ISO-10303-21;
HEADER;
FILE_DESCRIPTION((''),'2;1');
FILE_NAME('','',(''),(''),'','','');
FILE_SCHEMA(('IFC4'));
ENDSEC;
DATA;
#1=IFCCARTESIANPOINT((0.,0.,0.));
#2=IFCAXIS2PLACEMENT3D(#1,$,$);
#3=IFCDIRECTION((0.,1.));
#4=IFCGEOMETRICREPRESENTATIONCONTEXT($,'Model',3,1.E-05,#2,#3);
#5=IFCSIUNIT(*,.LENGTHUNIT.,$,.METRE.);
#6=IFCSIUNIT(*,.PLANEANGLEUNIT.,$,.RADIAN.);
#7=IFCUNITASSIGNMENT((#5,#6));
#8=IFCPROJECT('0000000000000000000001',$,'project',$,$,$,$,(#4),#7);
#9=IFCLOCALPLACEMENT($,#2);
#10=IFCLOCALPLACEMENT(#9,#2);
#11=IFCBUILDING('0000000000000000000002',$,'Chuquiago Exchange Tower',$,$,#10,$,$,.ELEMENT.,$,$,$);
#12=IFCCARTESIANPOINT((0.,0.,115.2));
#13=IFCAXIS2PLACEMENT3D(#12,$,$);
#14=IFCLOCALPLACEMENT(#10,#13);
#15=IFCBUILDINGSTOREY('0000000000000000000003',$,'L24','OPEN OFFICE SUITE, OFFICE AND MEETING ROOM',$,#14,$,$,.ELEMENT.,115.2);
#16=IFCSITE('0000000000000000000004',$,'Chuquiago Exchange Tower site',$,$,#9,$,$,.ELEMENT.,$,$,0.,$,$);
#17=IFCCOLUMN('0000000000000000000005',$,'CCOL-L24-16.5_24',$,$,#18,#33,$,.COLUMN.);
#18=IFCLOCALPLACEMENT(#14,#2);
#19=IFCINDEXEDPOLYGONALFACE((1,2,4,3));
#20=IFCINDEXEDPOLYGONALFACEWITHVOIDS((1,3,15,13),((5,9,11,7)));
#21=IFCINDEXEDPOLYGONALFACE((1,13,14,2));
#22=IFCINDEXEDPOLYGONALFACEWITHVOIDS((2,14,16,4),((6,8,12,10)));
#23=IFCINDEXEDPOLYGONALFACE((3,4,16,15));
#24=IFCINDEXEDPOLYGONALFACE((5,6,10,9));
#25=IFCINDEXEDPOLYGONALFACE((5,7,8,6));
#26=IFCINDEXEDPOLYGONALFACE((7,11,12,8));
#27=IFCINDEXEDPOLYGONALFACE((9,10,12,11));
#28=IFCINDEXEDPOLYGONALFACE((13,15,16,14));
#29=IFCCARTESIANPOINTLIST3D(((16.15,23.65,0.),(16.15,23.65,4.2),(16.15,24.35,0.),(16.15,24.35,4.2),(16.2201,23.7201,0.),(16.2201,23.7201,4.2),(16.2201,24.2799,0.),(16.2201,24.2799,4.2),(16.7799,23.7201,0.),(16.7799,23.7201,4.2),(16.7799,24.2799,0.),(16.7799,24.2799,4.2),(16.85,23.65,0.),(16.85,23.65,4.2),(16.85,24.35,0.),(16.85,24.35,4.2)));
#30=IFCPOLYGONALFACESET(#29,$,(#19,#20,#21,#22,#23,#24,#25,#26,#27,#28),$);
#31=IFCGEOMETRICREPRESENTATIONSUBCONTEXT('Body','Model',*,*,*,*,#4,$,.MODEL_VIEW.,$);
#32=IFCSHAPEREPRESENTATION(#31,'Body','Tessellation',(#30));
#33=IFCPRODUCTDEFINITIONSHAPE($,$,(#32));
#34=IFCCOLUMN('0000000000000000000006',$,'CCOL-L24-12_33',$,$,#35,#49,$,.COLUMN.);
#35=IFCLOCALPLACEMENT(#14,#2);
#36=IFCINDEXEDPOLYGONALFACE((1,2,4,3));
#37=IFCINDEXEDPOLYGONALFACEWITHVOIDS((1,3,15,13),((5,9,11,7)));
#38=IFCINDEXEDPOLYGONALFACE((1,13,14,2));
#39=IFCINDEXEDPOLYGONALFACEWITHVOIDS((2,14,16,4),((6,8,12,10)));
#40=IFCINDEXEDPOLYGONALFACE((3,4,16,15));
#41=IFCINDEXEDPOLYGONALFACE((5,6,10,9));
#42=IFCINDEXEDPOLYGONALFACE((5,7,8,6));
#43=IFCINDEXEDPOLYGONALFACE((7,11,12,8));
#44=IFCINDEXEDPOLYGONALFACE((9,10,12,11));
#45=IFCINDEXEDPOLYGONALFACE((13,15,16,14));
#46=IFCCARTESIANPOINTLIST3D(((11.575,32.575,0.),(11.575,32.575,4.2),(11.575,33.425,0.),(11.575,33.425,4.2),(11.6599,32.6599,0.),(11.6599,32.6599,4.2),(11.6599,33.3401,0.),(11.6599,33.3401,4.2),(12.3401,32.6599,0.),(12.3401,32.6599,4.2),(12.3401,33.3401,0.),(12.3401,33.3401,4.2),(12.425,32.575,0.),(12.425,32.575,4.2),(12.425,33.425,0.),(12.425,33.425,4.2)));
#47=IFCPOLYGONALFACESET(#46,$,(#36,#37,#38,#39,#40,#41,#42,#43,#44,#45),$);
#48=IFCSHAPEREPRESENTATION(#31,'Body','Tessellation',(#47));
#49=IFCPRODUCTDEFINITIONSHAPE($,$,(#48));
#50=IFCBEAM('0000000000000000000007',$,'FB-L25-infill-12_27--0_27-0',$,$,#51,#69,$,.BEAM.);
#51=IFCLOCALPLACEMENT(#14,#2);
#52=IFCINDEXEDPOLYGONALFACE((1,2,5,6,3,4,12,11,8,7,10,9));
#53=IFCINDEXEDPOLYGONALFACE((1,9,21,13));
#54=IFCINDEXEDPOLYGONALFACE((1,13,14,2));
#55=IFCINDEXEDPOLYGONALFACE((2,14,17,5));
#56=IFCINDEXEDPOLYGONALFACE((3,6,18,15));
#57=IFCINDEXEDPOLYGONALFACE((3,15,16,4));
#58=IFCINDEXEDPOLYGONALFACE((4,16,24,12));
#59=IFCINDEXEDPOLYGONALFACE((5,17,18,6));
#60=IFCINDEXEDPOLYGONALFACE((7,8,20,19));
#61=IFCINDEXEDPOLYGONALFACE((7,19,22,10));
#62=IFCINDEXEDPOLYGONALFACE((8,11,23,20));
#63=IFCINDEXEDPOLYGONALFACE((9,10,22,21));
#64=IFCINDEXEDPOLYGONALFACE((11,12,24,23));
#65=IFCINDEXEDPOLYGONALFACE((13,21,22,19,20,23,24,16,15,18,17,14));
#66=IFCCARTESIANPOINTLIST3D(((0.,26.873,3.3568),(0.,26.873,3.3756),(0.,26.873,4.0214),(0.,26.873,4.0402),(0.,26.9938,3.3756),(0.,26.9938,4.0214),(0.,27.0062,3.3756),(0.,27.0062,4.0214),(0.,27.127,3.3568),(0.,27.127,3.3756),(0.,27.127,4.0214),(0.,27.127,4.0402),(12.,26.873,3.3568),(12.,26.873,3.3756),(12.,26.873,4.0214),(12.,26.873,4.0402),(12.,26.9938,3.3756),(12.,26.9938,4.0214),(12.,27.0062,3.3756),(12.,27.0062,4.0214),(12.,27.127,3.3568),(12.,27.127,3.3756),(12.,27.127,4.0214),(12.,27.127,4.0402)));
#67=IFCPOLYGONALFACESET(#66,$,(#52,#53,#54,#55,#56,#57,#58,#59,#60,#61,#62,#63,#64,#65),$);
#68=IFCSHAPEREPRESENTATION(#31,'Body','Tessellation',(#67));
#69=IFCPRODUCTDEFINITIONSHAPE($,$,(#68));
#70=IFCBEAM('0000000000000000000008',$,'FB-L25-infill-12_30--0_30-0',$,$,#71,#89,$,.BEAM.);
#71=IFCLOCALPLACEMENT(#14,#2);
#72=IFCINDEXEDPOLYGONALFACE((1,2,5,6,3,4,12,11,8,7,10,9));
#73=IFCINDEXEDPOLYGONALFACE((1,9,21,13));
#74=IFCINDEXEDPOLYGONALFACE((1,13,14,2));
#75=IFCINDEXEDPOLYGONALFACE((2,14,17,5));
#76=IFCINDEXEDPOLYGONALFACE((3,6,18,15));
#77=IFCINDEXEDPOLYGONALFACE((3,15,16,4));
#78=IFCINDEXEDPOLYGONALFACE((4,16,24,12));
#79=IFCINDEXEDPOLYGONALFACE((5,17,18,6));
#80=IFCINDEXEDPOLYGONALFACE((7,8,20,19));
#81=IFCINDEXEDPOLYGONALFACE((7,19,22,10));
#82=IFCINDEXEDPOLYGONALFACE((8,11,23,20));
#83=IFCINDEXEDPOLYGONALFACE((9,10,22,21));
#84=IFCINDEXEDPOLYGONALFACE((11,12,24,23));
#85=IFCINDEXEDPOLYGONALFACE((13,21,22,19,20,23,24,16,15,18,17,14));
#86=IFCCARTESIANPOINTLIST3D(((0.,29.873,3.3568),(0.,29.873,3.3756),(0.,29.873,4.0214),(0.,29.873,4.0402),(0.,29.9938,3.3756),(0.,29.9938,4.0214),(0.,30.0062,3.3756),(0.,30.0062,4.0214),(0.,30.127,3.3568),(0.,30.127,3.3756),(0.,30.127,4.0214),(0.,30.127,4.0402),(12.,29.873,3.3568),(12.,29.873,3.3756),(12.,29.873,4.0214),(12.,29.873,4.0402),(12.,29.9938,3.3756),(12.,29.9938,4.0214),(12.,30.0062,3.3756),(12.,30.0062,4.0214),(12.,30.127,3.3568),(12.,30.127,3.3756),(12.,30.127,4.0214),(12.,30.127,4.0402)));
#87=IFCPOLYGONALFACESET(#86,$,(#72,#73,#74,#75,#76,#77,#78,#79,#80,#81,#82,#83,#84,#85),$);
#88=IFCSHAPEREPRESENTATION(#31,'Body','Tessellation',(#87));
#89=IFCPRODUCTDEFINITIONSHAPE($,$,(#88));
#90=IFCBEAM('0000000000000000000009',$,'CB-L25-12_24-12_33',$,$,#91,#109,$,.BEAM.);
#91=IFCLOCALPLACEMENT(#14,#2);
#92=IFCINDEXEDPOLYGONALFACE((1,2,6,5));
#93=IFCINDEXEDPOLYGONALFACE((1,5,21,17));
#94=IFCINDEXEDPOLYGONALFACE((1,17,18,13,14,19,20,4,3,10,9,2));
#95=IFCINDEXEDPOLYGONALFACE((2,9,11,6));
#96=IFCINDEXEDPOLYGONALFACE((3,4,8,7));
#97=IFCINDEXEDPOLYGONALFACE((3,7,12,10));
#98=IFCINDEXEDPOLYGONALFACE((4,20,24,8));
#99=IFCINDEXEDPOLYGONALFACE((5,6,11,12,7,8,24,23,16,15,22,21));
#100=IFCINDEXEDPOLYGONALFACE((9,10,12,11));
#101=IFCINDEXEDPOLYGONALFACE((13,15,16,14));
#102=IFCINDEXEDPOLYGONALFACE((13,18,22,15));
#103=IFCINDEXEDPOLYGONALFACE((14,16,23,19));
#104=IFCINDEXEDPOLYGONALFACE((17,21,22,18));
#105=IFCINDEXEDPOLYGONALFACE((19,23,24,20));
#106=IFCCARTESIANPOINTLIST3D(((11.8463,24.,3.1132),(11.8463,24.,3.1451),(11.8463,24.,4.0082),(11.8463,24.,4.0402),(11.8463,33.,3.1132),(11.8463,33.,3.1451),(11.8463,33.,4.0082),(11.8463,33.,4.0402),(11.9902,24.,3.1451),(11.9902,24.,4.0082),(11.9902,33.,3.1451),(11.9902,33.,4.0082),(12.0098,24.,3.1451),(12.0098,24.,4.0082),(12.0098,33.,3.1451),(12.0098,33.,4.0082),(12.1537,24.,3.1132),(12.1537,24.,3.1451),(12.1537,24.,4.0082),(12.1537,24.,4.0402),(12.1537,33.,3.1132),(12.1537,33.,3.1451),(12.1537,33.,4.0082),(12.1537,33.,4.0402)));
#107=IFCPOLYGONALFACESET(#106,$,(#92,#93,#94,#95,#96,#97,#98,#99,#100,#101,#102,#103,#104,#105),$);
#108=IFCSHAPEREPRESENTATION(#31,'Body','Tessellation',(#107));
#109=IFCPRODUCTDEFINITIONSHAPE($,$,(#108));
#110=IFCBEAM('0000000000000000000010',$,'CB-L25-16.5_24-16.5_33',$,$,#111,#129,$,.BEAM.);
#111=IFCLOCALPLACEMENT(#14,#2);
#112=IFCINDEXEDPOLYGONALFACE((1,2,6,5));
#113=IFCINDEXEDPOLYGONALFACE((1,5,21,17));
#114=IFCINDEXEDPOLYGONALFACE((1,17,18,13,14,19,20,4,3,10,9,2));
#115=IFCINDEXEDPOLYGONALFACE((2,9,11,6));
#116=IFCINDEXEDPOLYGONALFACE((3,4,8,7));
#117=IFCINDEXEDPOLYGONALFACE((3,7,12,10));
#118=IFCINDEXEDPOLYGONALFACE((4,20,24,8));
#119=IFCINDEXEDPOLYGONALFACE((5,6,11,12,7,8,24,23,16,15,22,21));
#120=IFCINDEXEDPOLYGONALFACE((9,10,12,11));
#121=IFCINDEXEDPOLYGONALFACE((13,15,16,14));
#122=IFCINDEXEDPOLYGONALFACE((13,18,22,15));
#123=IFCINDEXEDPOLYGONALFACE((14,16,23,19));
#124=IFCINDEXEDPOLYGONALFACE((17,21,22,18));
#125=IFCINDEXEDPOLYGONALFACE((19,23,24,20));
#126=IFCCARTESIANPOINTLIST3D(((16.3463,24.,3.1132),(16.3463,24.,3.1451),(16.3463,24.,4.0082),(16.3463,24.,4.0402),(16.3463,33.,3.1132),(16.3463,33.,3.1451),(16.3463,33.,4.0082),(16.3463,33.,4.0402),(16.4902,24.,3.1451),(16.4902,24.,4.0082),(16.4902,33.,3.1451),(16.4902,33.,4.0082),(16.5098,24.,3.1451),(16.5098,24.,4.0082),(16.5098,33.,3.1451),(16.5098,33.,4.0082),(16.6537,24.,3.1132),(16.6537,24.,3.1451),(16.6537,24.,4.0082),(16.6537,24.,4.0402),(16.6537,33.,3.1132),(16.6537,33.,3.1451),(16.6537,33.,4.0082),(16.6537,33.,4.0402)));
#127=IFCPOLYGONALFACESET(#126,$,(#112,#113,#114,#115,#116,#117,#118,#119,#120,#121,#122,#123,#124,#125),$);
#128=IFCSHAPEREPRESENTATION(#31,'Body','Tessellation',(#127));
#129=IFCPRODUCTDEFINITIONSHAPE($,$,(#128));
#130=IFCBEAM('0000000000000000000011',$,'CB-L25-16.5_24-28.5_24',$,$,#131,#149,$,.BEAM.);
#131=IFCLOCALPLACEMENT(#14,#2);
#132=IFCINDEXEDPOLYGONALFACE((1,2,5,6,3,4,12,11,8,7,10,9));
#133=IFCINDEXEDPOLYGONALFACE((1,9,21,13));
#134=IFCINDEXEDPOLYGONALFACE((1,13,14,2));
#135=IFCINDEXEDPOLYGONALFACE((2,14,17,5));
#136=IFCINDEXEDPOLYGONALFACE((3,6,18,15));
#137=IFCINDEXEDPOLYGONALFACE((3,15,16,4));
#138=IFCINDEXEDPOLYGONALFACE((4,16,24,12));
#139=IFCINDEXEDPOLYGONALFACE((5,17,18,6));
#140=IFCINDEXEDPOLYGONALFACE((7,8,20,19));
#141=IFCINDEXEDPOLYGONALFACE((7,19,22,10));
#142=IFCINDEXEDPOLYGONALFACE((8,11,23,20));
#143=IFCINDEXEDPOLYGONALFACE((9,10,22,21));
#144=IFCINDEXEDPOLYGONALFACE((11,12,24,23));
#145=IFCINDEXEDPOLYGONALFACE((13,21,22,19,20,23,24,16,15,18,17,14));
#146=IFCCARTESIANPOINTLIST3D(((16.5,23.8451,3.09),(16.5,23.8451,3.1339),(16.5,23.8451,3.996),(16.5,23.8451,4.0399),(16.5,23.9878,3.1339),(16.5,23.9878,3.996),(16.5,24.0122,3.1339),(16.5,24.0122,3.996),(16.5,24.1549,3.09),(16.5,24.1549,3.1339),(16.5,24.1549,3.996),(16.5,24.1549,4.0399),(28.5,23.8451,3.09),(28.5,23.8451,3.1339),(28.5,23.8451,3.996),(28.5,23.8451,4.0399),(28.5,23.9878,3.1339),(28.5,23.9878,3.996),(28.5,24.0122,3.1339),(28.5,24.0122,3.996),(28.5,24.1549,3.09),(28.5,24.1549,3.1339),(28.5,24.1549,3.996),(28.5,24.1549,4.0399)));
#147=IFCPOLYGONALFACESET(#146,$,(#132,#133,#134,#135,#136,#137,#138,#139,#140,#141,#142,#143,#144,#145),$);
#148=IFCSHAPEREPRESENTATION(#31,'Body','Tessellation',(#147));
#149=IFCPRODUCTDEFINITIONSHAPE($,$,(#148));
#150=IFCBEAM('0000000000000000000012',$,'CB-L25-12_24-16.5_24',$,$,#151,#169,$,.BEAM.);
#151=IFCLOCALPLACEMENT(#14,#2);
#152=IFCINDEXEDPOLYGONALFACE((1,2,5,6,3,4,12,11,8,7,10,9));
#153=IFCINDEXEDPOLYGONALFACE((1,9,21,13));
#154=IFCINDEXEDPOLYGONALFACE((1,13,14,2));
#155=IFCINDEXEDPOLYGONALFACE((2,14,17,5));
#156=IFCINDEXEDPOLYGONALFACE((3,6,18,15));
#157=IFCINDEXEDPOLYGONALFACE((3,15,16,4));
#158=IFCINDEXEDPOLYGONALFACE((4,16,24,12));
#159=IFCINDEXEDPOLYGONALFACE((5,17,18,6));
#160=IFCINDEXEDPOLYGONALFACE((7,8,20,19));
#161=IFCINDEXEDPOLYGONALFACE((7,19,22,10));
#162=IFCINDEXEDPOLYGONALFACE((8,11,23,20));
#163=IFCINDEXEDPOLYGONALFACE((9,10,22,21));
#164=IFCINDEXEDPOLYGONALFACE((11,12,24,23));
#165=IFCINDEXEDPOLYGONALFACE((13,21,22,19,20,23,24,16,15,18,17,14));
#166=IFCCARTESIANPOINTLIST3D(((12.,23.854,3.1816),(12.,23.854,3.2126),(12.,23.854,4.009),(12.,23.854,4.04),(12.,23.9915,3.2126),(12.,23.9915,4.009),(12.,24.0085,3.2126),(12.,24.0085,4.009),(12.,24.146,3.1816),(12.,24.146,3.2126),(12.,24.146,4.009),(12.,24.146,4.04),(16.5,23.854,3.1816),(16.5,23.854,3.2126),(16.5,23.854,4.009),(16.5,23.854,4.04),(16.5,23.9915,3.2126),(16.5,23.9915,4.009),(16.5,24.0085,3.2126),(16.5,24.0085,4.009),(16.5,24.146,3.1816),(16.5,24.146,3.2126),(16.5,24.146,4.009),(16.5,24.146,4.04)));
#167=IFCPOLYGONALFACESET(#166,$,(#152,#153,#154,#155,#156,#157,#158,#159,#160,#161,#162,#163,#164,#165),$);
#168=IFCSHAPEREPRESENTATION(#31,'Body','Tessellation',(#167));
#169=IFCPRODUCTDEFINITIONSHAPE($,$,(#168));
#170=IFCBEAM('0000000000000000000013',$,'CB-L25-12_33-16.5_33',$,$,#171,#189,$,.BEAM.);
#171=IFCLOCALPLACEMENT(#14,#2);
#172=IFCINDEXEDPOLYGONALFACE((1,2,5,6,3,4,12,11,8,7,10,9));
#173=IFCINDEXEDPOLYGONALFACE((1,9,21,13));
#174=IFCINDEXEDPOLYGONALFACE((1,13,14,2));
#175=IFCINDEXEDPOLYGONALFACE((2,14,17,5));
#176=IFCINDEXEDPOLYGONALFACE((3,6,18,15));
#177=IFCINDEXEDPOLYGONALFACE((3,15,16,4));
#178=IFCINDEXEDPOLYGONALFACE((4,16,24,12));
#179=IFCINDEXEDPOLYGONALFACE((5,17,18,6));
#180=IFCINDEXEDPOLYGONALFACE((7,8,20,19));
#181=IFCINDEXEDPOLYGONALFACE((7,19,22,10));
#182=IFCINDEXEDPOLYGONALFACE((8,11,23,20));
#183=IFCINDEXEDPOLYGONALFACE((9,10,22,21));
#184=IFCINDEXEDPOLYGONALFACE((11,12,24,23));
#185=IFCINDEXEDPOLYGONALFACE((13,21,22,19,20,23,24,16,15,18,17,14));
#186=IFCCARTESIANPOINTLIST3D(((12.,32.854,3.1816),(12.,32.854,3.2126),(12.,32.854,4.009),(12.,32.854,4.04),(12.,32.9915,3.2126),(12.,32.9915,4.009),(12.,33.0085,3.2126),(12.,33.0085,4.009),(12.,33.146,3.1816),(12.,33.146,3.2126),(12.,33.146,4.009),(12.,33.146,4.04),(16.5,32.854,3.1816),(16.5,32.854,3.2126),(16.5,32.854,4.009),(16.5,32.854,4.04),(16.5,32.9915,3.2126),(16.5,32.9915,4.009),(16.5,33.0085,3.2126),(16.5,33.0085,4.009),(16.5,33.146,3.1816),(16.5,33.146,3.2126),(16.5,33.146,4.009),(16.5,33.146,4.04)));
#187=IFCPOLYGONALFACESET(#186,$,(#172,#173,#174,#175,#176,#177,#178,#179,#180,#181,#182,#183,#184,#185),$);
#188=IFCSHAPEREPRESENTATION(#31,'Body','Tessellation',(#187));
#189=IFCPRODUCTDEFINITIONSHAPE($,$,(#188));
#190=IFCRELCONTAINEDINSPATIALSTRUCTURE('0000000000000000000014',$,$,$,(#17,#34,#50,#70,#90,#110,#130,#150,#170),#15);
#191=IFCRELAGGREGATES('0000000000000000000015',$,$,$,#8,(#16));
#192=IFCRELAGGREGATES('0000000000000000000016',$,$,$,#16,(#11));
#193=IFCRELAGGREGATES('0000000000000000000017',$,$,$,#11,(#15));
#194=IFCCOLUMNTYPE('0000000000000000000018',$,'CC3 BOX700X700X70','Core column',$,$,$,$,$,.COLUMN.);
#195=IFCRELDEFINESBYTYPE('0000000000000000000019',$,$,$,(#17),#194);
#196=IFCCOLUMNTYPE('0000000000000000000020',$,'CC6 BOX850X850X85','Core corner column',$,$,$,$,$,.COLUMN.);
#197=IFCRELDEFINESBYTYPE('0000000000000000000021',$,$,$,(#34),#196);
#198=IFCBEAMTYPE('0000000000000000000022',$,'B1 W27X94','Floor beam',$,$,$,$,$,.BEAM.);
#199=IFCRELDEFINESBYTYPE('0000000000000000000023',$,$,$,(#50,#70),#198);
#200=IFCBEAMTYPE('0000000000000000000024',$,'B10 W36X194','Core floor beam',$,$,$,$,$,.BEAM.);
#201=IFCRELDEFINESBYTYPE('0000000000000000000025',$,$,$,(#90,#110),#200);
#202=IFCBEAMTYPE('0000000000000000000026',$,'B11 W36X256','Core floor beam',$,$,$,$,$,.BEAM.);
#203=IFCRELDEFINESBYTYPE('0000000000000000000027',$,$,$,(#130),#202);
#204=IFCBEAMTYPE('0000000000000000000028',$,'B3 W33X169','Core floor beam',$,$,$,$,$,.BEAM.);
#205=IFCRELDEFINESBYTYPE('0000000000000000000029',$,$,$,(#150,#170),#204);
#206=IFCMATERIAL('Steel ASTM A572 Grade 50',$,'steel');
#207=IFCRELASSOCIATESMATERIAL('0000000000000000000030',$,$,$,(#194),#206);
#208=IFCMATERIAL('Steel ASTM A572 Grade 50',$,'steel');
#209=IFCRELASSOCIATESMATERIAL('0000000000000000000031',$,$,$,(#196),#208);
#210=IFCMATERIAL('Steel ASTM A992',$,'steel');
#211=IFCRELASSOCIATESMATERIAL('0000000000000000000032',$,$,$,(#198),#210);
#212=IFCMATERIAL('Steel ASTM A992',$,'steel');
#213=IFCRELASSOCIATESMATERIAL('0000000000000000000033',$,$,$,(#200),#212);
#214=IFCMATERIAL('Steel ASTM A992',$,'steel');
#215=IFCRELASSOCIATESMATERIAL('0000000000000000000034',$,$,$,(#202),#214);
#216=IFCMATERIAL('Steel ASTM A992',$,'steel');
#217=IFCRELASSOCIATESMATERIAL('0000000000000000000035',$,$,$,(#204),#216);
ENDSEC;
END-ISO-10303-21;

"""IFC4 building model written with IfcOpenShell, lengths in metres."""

from ifc_helpers import new_model, si_unit, direction, frame, origin, origin_2d, place, context, subcontext, project, spatial, hollow_rectangle, i_section, extrude, material, material_profile, profile_set, type_object, element, save


model = new_model("IFC4")

# Units and contexts
model_context = context("Model", 3, precision=1e-05, world=origin(), true_north=direction((0.0, 1.0)))
body_context = subcontext(model_context, "Body", "Model", "MODEL_VIEW")
ifc_project = project(units=[si_unit("LENGTHUNIT", "METRE"), si_unit("PLANEANGLEUNIT", "RADIAN")], contexts=[model_context])

# Site, building, storey
site_placement = place(None, origin())
site = spatial("IfcSite", under=ifc_project, at=site_placement, Name="Chuquiago Exchange Tower site", CompositionType="ELEMENT", RefElevation=0.0)
building_placement = place(site_placement, origin())
building = spatial("IfcBuilding", under=site, at=building_placement, Name="Chuquiago Exchange Tower", CompositionType="ELEMENT")
storey_placement = place(building_placement, frame((0.0, 0.0, 115.2)))
storey = spatial("IfcBuildingStorey", under=building, at=storey_placement, Name="L24", Description="OPEN OFFICE SUITE, OFFICE AND MEETING ROOM", CompositionType="ELEMENT", Elevation=115.2)

# Columns
ifc_material_1 = material(Name="Steel ASTM A572 Grade 50", Category="steel")
ifc_material_profile_1 = material_profile(ifc_material_1, hollow_rectangle(XDim=0.7, YDim=0.7, WallThickness=0.0701, at=origin_2d()), Name="BOX700X700X70")
ifc_profile_set_1 = profile_set([ifc_material_profile_1], Name="Steel ASTM A572 Grade 50")
column_type_1 = type_object("IfcColumnType", Name="CC3 BOX700X700X70", Description="Core column", PredefinedType="COLUMN", material=ifc_profile_set_1)
column_1_placement = place(storey_placement, frame((16.5, 24.0, 0.0), z_axis=(0.0, 0.0, 1.0), x_axis=(1.0, 0.0, 0.0)))
element("IfcColumn", 1, at=column_1_placement, inside=storey, type_object=column_type_1, Name="CCOL-L24-16.5_24", PredefinedType="COLUMN", context=body_context, shape_type="SweptSolid", body=[
    extrude(hollow_rectangle(XDim=0.7, YDim=0.7, WallThickness=0.0701, at=origin_2d()), origin(), (0.0, 0.0, 1.0), 4.2),
])
ifc_material_2 = material(Name="Steel ASTM A572 Grade 50", Category="steel")
ifc_material_profile_2 = material_profile(ifc_material_2, hollow_rectangle(XDim=0.8501, YDim=0.8501, WallThickness=0.085, at=origin_2d()), Name="BOX850X850X85")
ifc_profile_set_2 = profile_set([ifc_material_profile_2], Name="Steel ASTM A572 Grade 50")
column_type_2 = type_object("IfcColumnType", Name="CC6 BOX850X850X85", Description="Core corner column", PredefinedType="COLUMN", material=ifc_profile_set_2)
column_2_placement = place(storey_placement, frame((12.0, 33.0, 0.0), z_axis=(0.0, 0.0, 1.0), x_axis=(1.0, 0.0, 0.0)))
element("IfcColumn", 2, at=column_2_placement, inside=storey, type_object=column_type_2, Name="CCOL-L24-12_33", PredefinedType="COLUMN", context=body_context, shape_type="SweptSolid", body=[
    extrude(hollow_rectangle(XDim=0.8501, YDim=0.8501, WallThickness=0.085, at=origin_2d()), origin(), (0.0, 0.0, 1.0), 4.2),
])

# Beams
ifc_material_3 = material(Name="Steel ASTM A992", Category="steel")
ifc_material_profile_3 = material_profile(ifc_material_3, i_section(OverallWidth=0.2539, OverallDepth=0.6833, WebThickness=0.0125, FlangeThickness=0.0188, at=origin_2d()), Name="W27X94")
ifc_profile_set_3 = profile_set([ifc_material_profile_3], Name="Steel ASTM A992")
beam_type_1 = type_object("IfcBeamType", Name="B1 W27X94", Description="Floor beam", PredefinedType="BEAM", material=ifc_profile_set_3)
for number, where, z_axis, x_axis, name in (
    (3, (12.0, 27.0, 3.6985), (-1.0, 0.0, 0.0), (0.0, -1.0, 0.0), "FB-L25-infill-12_27--0_27-0"),
    (4, (12.0, 30.0, 3.6985), (-1.0, 0.0, 0.0), (0.0, -1.0, 0.0), "FB-L25-infill-12_30--0_30-0"),
):
    element("IfcBeam", number, at=place(storey_placement, frame(where, z_axis=z_axis, x_axis=x_axis)), inside=storey, type_object=beam_type_1, Name=name, PredefinedType="BEAM", context=body_context, shape_type="SweptSolid", body=[
        extrude(i_section(OverallWidth=0.2539, OverallDepth=0.6833, WebThickness=0.0125, FlangeThickness=0.0188, at=origin_2d()), origin(), (0.0, 0.0, 1.0), 12.0),
    ])
ifc_material_4 = material(Name="Steel ASTM A992", Category="steel")
ifc_material_profile_4 = material_profile(ifc_material_4, i_section(OverallWidth=0.3074, OverallDepth=0.927, WebThickness=0.0195, FlangeThickness=0.032, at=origin_2d()), Name="W36X194")
ifc_profile_set_4 = profile_set([ifc_material_profile_4], Name="Steel ASTM A992")
beam_type_2 = type_object("IfcBeamType", Name="B10 W36X194", Description="Core floor beam", PredefinedType="BEAM", material=ifc_profile_set_4)
for number, where, z_axis, x_axis, name in (
    (5, (12.0, 24.0, 3.5767), (0.0, 1.0, 0.0), (-1.0, 0.0, 0.0), "CB-L25-12_24-12_33"),
    (6, (16.5, 24.0, 3.5767), (0.0, 1.0, 0.0), (-1.0, 0.0, 0.0), "CB-L25-16.5_24-16.5_33"),
):
    element("IfcBeam", number, at=place(storey_placement, frame(where, z_axis=z_axis, x_axis=x_axis)), inside=storey, type_object=beam_type_2, Name=name, PredefinedType="BEAM", context=body_context, shape_type="SweptSolid", body=[
        extrude(i_section(OverallWidth=0.3074, OverallDepth=0.927, WebThickness=0.0195, FlangeThickness=0.032, at=origin_2d()), origin(), (0.0, 0.0, 1.0), 9.0),
    ])
ifc_material_5 = material(Name="Steel ASTM A992", Category="steel")
ifc_material_profile_5 = material_profile(ifc_material_5, i_section(OverallWidth=0.3098, OverallDepth=0.95, WebThickness=0.0244, FlangeThickness=0.0439, at=origin_2d()), Name="W36X256")
ifc_profile_set_5 = profile_set([ifc_material_profile_5], Name="Steel ASTM A992")
beam_type_3 = type_object("IfcBeamType", Name="B11 W36X256", Description="Core floor beam", PredefinedType="BEAM", material=ifc_profile_set_5)
beam_placement = place(storey_placement, frame((16.5, 24.0, 3.5649), z_axis=(1.0, 0.0, 0.0), x_axis=(0.0, 1.0, 0.0)))
element("IfcBeam", 7, at=beam_placement, inside=storey, type_object=beam_type_3, Name="CB-L25-16.5_24-28.5_24", PredefinedType="BEAM", context=body_context, shape_type="SweptSolid", body=[
    extrude(i_section(OverallWidth=0.3098, OverallDepth=0.95, WebThickness=0.0244, FlangeThickness=0.0439, at=origin_2d()), origin(), (0.0, 0.0, 1.0), 12.0),
])
ifc_material_6 = material(Name="Steel ASTM A992", Category="steel")
ifc_material_profile_6 = material_profile(ifc_material_6, i_section(OverallWidth=0.292, OverallDepth=0.8584, WebThickness=0.0171, FlangeThickness=0.031, at=origin_2d()), Name="W33X169")
ifc_profile_set_6 = profile_set([ifc_material_profile_6], Name="Steel ASTM A992")
beam_type_4 = type_object("IfcBeamType", Name="B3 W33X169", Description="Core floor beam", PredefinedType="BEAM", material=ifc_profile_set_6)
for number, where, z_axis, x_axis, name in (
    (8, (12.0, 24.0, 3.6108), (1.0, 0.0, 0.0), (0.0, 1.0, 0.0), "CB-L25-12_24-16.5_24"),
    (9, (12.0, 33.0, 3.6108), (1.0, 0.0, 0.0), (0.0, 1.0, 0.0), "CB-L25-12_33-16.5_33"),
):
    element("IfcBeam", number, at=place(storey_placement, frame(where, z_axis=z_axis, x_axis=x_axis)), inside=storey, type_object=beam_type_4, Name=name, PredefinedType="BEAM", context=body_context, shape_type="SweptSolid", body=[
        extrude(i_section(OverallWidth=0.292, OverallDepth=0.8584, WebThickness=0.0171, FlangeThickness=0.031, at=origin_2d()), origin(), (0.0, 0.0, 1.0), 4.5),
    ])

save(model, "model.ifc")
